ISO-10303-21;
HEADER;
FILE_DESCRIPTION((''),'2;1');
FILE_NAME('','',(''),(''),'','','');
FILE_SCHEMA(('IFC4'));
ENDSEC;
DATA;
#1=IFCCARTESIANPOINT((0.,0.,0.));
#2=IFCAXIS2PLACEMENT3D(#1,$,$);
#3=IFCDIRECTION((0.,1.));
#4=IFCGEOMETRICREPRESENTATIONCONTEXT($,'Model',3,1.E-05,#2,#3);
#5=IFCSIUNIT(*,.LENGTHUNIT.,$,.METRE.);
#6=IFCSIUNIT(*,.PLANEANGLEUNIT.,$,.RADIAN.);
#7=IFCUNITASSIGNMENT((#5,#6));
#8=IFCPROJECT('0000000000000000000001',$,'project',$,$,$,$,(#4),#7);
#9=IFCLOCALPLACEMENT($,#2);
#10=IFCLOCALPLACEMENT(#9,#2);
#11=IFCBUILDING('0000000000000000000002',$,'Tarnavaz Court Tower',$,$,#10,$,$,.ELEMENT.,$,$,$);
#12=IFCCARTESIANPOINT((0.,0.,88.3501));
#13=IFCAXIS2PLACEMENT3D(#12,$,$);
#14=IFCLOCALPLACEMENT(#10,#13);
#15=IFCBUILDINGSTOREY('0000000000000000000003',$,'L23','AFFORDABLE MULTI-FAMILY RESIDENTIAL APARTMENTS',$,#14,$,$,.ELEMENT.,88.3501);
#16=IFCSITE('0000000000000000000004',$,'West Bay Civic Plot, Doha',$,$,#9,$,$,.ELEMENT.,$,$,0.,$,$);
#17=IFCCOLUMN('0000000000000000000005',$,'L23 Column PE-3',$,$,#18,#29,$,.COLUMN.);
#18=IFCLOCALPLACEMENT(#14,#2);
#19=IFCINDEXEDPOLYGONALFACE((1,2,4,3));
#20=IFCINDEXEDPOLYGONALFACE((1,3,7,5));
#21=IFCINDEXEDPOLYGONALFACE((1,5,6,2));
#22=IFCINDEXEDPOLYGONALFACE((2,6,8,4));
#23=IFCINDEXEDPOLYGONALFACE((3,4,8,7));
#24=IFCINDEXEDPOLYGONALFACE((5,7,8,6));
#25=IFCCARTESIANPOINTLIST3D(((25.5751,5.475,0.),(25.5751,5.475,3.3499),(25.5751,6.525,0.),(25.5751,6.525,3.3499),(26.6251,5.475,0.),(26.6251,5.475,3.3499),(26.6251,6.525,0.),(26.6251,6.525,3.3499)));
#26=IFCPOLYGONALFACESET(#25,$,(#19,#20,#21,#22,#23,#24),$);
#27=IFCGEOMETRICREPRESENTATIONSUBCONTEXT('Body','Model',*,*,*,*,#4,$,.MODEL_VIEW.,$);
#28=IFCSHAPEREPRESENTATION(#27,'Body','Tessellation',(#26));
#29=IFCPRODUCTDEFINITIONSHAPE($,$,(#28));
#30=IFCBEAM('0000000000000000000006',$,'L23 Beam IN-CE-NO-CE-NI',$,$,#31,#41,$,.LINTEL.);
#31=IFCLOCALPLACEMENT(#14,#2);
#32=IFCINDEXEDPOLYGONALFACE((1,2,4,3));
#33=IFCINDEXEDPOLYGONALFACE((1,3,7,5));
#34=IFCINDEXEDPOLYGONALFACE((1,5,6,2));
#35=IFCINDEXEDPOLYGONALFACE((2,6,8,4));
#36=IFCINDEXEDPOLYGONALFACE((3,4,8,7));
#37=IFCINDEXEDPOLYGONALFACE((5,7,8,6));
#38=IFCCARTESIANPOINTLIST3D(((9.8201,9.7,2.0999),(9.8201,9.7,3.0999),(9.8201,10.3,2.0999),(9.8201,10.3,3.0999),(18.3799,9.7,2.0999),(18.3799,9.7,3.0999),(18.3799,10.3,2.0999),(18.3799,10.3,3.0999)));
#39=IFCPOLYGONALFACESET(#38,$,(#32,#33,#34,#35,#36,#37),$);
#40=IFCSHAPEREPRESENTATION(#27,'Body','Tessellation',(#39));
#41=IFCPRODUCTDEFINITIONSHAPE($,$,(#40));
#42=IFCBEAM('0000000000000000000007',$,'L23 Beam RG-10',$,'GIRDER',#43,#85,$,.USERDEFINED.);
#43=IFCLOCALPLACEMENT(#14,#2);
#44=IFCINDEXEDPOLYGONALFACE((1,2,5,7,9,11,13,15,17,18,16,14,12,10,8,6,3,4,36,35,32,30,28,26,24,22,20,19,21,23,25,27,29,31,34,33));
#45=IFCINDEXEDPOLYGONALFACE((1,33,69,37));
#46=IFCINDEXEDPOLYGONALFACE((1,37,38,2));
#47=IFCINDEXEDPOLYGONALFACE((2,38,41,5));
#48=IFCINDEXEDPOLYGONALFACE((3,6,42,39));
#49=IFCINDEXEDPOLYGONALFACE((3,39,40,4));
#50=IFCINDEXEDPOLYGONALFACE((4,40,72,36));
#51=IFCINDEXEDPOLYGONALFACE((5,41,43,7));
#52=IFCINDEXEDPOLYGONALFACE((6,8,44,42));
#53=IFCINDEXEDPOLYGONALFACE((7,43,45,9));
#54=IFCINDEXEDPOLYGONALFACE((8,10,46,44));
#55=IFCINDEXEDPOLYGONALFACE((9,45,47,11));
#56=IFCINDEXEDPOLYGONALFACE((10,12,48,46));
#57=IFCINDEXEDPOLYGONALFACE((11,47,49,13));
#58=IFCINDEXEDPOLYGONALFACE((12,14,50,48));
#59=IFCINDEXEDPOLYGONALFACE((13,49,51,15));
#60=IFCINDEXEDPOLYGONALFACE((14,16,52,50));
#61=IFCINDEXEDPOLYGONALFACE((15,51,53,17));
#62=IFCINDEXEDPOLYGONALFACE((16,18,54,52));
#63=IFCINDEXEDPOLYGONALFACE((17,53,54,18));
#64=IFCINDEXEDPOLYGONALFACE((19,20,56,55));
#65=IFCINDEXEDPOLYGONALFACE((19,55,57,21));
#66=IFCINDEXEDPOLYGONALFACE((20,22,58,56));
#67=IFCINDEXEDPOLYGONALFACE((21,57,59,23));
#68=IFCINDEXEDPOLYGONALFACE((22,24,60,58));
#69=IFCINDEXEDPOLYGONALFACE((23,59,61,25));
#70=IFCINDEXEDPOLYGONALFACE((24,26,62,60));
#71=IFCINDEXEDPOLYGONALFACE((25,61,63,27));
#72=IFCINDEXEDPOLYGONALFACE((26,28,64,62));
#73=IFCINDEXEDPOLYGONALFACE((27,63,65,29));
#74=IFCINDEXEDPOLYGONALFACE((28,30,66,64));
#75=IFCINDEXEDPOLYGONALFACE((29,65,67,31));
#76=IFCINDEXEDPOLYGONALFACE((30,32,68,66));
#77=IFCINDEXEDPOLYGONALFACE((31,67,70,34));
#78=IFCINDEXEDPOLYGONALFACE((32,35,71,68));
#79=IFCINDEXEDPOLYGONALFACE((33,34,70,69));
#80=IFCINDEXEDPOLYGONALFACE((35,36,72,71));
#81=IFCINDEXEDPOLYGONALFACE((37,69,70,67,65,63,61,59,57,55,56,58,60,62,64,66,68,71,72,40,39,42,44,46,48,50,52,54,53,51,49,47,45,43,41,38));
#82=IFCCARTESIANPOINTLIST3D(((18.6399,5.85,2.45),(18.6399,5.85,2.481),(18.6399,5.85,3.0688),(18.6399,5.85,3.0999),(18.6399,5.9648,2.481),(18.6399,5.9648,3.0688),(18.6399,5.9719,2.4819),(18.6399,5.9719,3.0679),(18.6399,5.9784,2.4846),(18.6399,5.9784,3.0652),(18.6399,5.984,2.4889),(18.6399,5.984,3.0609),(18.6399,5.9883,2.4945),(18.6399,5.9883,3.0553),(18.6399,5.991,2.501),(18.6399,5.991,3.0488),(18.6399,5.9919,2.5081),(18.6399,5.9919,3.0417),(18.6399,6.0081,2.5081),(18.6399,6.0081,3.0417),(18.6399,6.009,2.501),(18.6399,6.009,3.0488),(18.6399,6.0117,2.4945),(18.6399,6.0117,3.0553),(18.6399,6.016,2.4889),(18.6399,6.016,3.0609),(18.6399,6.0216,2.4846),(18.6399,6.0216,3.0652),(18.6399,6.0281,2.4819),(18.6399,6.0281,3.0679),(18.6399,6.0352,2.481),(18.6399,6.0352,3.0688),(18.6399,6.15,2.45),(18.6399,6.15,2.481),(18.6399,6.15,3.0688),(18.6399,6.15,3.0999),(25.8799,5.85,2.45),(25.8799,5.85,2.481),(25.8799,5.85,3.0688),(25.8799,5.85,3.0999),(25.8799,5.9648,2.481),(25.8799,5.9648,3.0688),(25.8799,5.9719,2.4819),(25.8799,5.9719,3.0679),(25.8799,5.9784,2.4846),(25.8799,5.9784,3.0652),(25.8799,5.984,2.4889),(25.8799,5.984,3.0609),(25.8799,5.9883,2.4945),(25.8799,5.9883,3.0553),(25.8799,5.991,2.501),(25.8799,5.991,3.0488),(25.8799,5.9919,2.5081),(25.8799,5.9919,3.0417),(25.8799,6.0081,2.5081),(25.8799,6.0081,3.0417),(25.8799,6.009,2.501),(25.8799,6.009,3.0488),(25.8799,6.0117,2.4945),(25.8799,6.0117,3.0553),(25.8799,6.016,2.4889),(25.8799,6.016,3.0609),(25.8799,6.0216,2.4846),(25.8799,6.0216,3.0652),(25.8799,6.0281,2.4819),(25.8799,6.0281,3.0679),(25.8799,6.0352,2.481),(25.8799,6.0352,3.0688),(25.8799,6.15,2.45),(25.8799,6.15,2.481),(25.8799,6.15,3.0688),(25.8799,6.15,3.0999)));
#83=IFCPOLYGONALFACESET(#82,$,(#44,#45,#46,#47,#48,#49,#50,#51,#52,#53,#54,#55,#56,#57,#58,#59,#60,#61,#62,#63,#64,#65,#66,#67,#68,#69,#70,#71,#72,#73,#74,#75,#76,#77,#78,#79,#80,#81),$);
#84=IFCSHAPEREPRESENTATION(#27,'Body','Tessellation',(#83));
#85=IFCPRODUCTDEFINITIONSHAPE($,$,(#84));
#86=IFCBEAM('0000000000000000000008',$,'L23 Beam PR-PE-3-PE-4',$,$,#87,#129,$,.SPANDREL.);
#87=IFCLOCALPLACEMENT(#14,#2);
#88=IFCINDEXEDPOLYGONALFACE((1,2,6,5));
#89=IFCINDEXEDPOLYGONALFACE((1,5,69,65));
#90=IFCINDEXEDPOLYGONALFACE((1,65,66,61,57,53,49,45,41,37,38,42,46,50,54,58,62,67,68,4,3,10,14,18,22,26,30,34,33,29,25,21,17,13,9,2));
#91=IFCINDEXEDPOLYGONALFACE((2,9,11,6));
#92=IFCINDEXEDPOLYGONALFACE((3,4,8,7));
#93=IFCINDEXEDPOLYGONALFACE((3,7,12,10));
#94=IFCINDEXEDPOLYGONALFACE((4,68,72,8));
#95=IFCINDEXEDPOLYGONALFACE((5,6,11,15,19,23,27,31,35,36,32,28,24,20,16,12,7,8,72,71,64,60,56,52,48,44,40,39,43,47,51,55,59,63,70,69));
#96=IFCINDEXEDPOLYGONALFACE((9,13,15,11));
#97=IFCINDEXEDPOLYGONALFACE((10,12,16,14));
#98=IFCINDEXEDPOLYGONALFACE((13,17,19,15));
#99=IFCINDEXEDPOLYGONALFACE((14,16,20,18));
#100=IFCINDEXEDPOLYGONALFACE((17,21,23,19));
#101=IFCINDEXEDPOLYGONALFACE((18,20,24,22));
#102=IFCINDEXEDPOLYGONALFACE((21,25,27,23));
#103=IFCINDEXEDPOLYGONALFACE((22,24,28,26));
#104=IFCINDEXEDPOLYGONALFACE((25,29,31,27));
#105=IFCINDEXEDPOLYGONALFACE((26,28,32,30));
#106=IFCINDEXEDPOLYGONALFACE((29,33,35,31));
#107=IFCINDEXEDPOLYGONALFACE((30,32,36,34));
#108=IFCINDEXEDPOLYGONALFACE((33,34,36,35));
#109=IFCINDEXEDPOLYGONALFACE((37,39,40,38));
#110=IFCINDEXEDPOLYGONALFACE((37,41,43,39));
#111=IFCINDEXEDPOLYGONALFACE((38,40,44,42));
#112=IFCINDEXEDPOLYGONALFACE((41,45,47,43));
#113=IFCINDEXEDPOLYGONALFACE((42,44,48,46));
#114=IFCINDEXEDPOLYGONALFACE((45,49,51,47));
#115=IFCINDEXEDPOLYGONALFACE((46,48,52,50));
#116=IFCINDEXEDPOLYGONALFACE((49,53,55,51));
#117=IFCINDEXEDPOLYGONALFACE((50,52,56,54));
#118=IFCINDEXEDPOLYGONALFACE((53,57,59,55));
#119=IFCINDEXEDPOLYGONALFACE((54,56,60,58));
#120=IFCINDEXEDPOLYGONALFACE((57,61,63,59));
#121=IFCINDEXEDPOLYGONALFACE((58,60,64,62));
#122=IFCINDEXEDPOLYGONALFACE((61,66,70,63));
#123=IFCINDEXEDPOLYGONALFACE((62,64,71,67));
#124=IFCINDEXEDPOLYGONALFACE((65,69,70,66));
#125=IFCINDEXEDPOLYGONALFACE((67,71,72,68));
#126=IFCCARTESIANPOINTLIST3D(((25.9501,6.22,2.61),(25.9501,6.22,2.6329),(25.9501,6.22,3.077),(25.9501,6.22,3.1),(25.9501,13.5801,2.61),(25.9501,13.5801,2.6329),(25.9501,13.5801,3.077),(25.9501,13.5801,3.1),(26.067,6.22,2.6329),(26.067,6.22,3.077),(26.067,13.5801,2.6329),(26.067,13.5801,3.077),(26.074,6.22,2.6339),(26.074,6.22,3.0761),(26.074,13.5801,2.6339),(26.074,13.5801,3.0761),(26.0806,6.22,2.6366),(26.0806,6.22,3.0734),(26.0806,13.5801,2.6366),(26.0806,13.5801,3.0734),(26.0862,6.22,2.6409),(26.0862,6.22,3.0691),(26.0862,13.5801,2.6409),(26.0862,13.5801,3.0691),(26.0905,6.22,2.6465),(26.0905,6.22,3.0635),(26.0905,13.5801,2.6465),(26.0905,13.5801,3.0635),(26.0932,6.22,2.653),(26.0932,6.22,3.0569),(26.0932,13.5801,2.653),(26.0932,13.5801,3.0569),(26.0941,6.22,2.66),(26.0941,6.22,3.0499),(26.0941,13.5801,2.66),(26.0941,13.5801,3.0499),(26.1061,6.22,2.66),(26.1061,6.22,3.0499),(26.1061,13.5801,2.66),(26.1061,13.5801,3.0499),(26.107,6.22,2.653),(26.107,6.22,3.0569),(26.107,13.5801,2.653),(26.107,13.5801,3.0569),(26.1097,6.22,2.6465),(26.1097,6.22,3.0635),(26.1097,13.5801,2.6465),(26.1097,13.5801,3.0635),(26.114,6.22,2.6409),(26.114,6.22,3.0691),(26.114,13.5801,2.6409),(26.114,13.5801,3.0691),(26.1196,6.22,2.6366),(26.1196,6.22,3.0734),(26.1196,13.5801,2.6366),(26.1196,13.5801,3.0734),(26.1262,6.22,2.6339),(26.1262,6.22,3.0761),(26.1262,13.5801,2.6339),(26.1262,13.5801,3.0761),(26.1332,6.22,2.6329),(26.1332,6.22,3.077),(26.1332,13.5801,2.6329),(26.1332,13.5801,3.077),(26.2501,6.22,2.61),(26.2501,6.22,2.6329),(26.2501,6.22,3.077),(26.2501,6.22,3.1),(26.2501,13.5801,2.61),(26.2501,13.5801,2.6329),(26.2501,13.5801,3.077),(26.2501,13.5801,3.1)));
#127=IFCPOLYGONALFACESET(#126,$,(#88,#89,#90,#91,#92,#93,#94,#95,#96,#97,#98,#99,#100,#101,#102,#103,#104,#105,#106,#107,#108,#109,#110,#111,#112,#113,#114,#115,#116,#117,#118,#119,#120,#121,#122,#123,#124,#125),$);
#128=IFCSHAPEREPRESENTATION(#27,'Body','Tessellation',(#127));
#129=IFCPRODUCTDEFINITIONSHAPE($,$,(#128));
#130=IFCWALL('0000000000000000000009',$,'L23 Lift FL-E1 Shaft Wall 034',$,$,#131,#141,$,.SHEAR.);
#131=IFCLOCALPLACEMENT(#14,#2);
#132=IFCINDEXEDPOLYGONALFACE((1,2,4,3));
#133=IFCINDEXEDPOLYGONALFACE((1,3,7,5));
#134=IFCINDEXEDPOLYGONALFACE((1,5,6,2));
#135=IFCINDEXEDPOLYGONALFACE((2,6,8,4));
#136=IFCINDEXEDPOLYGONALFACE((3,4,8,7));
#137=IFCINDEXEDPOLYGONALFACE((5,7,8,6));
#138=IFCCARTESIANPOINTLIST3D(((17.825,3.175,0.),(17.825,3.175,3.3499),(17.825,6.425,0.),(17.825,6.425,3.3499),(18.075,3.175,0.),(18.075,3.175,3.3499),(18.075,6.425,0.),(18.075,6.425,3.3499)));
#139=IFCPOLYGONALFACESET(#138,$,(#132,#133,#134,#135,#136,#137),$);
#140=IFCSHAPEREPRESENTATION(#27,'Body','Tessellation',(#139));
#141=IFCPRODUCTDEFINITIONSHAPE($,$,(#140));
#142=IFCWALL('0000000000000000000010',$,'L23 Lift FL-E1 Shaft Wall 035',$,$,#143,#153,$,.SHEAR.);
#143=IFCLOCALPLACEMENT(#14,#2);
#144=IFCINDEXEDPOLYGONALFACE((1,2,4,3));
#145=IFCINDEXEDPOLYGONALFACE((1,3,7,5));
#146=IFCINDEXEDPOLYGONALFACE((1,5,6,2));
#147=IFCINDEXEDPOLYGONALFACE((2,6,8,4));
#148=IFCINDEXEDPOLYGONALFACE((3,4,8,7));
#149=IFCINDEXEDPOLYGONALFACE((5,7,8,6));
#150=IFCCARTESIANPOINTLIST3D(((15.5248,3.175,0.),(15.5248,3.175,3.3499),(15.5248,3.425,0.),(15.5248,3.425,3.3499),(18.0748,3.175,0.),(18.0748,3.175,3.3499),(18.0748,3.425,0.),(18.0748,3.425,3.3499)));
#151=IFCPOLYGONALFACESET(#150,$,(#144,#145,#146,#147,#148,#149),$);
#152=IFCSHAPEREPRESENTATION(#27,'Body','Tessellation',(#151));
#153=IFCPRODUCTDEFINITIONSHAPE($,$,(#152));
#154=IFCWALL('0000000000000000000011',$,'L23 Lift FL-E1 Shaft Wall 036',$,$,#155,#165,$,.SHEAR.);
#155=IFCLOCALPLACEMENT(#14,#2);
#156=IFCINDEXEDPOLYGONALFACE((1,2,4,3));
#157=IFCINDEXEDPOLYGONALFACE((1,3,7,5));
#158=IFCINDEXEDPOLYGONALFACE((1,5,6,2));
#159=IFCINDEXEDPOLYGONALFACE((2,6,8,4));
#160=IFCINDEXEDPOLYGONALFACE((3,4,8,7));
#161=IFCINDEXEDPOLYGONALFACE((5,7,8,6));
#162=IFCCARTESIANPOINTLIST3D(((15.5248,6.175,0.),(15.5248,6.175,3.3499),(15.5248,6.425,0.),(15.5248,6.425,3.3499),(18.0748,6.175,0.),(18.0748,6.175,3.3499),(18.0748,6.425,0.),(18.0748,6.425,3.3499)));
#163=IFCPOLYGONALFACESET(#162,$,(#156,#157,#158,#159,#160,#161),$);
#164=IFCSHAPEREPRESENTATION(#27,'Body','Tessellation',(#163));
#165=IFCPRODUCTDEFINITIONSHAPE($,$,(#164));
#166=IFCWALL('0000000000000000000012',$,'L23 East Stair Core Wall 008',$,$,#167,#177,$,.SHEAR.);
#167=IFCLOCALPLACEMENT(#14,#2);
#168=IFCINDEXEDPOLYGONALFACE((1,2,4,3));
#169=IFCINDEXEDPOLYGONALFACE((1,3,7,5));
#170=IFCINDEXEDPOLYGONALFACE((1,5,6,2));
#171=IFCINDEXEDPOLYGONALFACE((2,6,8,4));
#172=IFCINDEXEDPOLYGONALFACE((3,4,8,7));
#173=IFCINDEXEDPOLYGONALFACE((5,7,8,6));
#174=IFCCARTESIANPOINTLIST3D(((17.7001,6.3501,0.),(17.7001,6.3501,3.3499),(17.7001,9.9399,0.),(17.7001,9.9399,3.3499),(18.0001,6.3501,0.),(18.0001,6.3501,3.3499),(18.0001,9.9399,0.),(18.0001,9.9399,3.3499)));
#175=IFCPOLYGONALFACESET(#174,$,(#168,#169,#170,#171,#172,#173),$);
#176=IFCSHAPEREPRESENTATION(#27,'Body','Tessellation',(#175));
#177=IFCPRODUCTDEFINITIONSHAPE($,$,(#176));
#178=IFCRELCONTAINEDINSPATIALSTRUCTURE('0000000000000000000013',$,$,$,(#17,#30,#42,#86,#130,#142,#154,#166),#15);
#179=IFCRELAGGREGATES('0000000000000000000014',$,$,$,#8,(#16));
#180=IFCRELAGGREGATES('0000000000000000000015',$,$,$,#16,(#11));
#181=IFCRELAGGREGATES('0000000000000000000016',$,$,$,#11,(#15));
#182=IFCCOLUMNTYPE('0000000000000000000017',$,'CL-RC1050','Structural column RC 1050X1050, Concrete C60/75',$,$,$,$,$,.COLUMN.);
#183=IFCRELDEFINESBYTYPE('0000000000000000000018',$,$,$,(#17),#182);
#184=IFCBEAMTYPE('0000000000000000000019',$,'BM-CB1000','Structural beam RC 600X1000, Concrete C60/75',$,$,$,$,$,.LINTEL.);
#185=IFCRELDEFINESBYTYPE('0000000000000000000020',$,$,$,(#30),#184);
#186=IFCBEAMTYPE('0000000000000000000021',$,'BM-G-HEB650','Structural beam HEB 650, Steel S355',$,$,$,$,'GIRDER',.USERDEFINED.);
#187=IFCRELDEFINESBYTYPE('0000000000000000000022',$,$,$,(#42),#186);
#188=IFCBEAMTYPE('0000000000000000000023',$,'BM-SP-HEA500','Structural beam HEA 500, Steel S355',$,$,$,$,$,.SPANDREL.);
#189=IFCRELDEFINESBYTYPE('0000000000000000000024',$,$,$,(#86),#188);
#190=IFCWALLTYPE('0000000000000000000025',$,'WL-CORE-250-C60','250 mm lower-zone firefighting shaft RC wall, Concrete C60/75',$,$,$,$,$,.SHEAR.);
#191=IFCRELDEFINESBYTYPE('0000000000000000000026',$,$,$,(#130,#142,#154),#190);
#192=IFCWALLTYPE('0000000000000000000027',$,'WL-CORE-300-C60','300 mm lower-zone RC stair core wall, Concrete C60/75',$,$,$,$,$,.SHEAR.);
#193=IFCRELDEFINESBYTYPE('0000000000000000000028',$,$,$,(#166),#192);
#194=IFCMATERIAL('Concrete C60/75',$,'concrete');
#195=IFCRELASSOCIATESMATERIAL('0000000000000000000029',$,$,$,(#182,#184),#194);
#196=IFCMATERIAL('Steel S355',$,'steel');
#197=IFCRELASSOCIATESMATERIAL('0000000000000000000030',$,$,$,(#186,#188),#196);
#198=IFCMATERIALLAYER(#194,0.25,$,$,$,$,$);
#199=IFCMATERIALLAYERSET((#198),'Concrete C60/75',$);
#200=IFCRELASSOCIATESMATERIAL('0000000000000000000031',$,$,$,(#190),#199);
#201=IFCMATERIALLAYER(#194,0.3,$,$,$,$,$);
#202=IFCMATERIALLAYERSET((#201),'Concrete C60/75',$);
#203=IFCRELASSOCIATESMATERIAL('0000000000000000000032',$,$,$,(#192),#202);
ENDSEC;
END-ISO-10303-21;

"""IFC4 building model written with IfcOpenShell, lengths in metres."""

from ifc_helpers import new_model, si_unit, direction, frame, frame_2d, origin, origin_2d, place, context, subcontext, project, spatial, rectangle, i_section, extrude, material, layer, layer_set, material_profile, profile_set, type_object, element, save


model = new_model("IFC4")

# Units and contexts
model_context = context("Model", 3, precision=1e-05, world=origin(), true_north=direction((0.0, 1.0)))
body_context = subcontext(model_context, "Body", "Model", "MODEL_VIEW")
ifc_project = project(units=[si_unit("LENGTHUNIT", "METRE"), si_unit("PLANEANGLEUNIT", "RADIAN")], contexts=[model_context])

# Site, building, storey
site_placement = place(None, origin())
site = spatial("IfcSite", under=ifc_project, at=site_placement, Name="West Bay Civic Plot, Doha", CompositionType="ELEMENT", RefElevation=0.0)
building_placement = place(site_placement, origin())
building = spatial("IfcBuilding", under=site, at=building_placement, Name="Tarnavaz Court Tower", CompositionType="ELEMENT")
storey_placement = place(building_placement, frame((0.0, 0.0, 88.3501)))
storey = spatial("IfcBuildingStorey", under=building, at=storey_placement, Name="L23", Description="AFFORDABLE MULTI-FAMILY RESIDENTIAL APARTMENTS", CompositionType="ELEMENT", Elevation=88.3501)

# Column
ifc_material_1 = material(Name="Concrete C60/75", Category="concrete")
ifc_material_profile_1 = material_profile(ifc_material_1, rectangle(XDim=1.05, YDim=1.05, at=origin_2d()), Name="RC 1050X1050")
ifc_profile_set_1 = profile_set([ifc_material_profile_1], Name="Concrete C60/75")
column_type = type_object("IfcColumnType", Name="CL-RC1050", Description="Structural column RC 1050X1050, Concrete C60/75", PredefinedType="COLUMN", material=ifc_profile_set_1)
column_placement = place(storey_placement, frame((26.1001, 6.0, 0.0), z_axis=(0.0, 0.0, 1.0), x_axis=(1.0, 0.0, 0.0)))
element("IfcColumn", 1, at=column_placement, inside=storey, type_object=column_type, Name="L23 Column PE-3", PredefinedType="COLUMN", context=body_context, shape_type="SweptSolid", body=[
    extrude(rectangle(XDim=1.05, YDim=1.05, at=origin_2d()), origin(), (0.0, 0.0, 1.0), 3.3499),
])

# Beams
ifc_material_profile_2 = material_profile(ifc_material_1, rectangle(XDim=0.6001, YDim=1.0, at=origin_2d()), Name="RC 600X1000")
ifc_profile_set_2 = profile_set([ifc_material_profile_2], Name="Concrete C60/75")
beam_type_1 = type_object("IfcBeamType", Name="BM-CB1000", Description="Structural beam RC 600X1000, Concrete C60/75", PredefinedType="LINTEL", material=ifc_profile_set_2)
beam_1_placement = place(storey_placement, frame((18.3799, 10.0, 2.5999), z_axis=(-1.0, 0.0, 0.0), x_axis=(0.0, -1.0, 0.0)))
element("IfcBeam", 2, at=beam_1_placement, inside=storey, type_object=beam_type_1, Name="L23 Beam IN-CE-NO-CE-NI", PredefinedType="LINTEL", context=body_context, shape_type="SweptSolid", body=[
    extrude(rectangle(XDim=0.6001, YDim=1.0, at=origin_2d()), origin(), (0.0, 0.0, 1.0), 8.5598),
])
ifc_material_2 = material(Name="Steel S355", Category="steel")
ifc_material_profile_3 = material_profile(ifc_material_2, i_section(OverallWidth=0.3, OverallDepth=0.6499, WebThickness=0.0161, FlangeThickness=0.031, FilletRadius=0.0271, at=origin_2d()), Name="HEB 650")
ifc_profile_set_3 = profile_set([ifc_material_profile_3], Name="Steel S355")
beam_type_2 = type_object("IfcBeamType", Name="BM-G-HEB650", Description="Structural beam HEB 650, Steel S355", ElementType="GIRDER", PredefinedType="USERDEFINED", material=ifc_profile_set_3)
beam_2_placement = place(storey_placement, frame((18.6399, 6.0, 2.7749), z_axis=(1.0, 0.0, 0.0), x_axis=(0.0, 1.0, 0.0)))
element("IfcBeam", 3, at=beam_2_placement, inside=storey, type_object=beam_type_2, Name="L23 Beam RG-10", ObjectType="GIRDER", PredefinedType="USERDEFINED", context=body_context, shape_type="SweptSolid", body=[
    extrude(i_section(OverallWidth=0.3, OverallDepth=0.6499, WebThickness=0.0161, FlangeThickness=0.031, FilletRadius=0.0271, at=origin_2d()), origin(), (0.0, 0.0, 1.0), 7.24),
])
ifc_material_profile_4 = material_profile(ifc_material_2, i_section(OverallWidth=0.3, OverallDepth=0.49, WebThickness=0.012, FlangeThickness=0.0229, FilletRadius=0.0271, at=origin_2d()), Name="HEA 500")
ifc_profile_set_4 = profile_set([ifc_material_profile_4], Name="Steel S355")
beam_type_3 = type_object("IfcBeamType", Name="BM-SP-HEA500", Description="Structural beam HEA 500, Steel S355", PredefinedType="SPANDREL", material=ifc_profile_set_4)
beam_3_placement = place(storey_placement, frame((26.1001, 6.22, 2.855), z_axis=(0.0, 1.0, 0.0), x_axis=(-1.0, 0.0, 0.0)))
element("IfcBeam", 4, at=beam_3_placement, inside=storey, type_object=beam_type_3, Name="L23 Beam PR-PE-3-PE-4", PredefinedType="SPANDREL", context=body_context, shape_type="SweptSolid", body=[
    extrude(i_section(OverallWidth=0.3, OverallDepth=0.49, WebThickness=0.012, FlangeThickness=0.0229, FilletRadius=0.0271, at=origin_2d()), origin(), (0.0, 0.0, 1.0), 7.3601),
])

# Shared definitions
ifc_layer_1 = layer(ifc_material_1, 0.25)
ifc_layer_set_1 = layer_set([ifc_layer_1], Name="Concrete C60/75")
wall_type_1 = type_object("IfcWallType", Name="WL-CORE-250-C60", Description="250 mm lower-zone firefighting shaft RC wall, Concrete C60/75", PredefinedType="SHEAR", material=ifc_layer_set_1)

# Walls
wall_1_placement = place(storey_placement, frame((17.95, 3.175, 0.0), z_axis=(0.0, 0.0, 1.0), x_axis=(0.0, 1.0, 0.0)))
element("IfcWall", 5, at=wall_1_placement, inside=storey, type_object=wall_type_1, Name="L23 Lift FL-E1 Shaft Wall 034", PredefinedType="SHEAR", context=body_context, shape_type="SweptSolid", body=[
    extrude(rectangle(XDim=3.25, YDim=0.25, at=frame_2d((1.625, 0.0))), origin(), (0.0, 0.0, 1.0), 3.3499),
])
for number, where, z_axis, x_axis, name in (
    (6, (15.5249, 3.3, 0.0), (0.0, 0.0, 1.0), (1.0, 0.0, 0.0), "L23 Lift FL-E1 Shaft Wall 035"),
    (7, (15.5249, 6.3, 0.0), (0.0, 0.0, 1.0), (1.0, 0.0, 0.0), "L23 Lift FL-E1 Shaft Wall 036"),
):
    element("IfcWall", number, at=place(storey_placement, frame(where, z_axis=z_axis, x_axis=x_axis)), inside=storey, type_object=wall_type_1, Name=name, PredefinedType="SHEAR", context=body_context, shape_type="SweptSolid", body=[
        extrude(rectangle(XDim=2.55, YDim=0.25, at=frame_2d((1.2749, 0.0))), origin(), (0.0, 0.0, 1.0), 3.3499),
    ])
ifc_layer_2 = layer(ifc_material_1, 0.3)
ifc_layer_set_2 = layer_set([ifc_layer_2], Name="Concrete C60/75")
wall_type_2 = type_object("IfcWallType", Name="WL-CORE-300-C60", Description="300 mm lower-zone RC stair core wall, Concrete C60/75", PredefinedType="SHEAR", material=ifc_layer_set_2)
wall_2_placement = place(storey_placement, frame((17.8501, 6.3501, 0.0), z_axis=(0.0, 0.0, 1.0), x_axis=(0.0, 1.0, 0.0)))
element("IfcWall", 8, at=wall_2_placement, inside=storey, type_object=wall_type_2, Name="L23 East Stair Core Wall 008", PredefinedType="SHEAR", context=body_context, shape_type="SweptSolid", body=[
    extrude(rectangle(XDim=3.5898, YDim=0.3, at=frame_2d((1.7949, 0.0))), origin(), (0.0, 0.0, 1.0), 3.3499),
])

save(model, "model.ifc")
